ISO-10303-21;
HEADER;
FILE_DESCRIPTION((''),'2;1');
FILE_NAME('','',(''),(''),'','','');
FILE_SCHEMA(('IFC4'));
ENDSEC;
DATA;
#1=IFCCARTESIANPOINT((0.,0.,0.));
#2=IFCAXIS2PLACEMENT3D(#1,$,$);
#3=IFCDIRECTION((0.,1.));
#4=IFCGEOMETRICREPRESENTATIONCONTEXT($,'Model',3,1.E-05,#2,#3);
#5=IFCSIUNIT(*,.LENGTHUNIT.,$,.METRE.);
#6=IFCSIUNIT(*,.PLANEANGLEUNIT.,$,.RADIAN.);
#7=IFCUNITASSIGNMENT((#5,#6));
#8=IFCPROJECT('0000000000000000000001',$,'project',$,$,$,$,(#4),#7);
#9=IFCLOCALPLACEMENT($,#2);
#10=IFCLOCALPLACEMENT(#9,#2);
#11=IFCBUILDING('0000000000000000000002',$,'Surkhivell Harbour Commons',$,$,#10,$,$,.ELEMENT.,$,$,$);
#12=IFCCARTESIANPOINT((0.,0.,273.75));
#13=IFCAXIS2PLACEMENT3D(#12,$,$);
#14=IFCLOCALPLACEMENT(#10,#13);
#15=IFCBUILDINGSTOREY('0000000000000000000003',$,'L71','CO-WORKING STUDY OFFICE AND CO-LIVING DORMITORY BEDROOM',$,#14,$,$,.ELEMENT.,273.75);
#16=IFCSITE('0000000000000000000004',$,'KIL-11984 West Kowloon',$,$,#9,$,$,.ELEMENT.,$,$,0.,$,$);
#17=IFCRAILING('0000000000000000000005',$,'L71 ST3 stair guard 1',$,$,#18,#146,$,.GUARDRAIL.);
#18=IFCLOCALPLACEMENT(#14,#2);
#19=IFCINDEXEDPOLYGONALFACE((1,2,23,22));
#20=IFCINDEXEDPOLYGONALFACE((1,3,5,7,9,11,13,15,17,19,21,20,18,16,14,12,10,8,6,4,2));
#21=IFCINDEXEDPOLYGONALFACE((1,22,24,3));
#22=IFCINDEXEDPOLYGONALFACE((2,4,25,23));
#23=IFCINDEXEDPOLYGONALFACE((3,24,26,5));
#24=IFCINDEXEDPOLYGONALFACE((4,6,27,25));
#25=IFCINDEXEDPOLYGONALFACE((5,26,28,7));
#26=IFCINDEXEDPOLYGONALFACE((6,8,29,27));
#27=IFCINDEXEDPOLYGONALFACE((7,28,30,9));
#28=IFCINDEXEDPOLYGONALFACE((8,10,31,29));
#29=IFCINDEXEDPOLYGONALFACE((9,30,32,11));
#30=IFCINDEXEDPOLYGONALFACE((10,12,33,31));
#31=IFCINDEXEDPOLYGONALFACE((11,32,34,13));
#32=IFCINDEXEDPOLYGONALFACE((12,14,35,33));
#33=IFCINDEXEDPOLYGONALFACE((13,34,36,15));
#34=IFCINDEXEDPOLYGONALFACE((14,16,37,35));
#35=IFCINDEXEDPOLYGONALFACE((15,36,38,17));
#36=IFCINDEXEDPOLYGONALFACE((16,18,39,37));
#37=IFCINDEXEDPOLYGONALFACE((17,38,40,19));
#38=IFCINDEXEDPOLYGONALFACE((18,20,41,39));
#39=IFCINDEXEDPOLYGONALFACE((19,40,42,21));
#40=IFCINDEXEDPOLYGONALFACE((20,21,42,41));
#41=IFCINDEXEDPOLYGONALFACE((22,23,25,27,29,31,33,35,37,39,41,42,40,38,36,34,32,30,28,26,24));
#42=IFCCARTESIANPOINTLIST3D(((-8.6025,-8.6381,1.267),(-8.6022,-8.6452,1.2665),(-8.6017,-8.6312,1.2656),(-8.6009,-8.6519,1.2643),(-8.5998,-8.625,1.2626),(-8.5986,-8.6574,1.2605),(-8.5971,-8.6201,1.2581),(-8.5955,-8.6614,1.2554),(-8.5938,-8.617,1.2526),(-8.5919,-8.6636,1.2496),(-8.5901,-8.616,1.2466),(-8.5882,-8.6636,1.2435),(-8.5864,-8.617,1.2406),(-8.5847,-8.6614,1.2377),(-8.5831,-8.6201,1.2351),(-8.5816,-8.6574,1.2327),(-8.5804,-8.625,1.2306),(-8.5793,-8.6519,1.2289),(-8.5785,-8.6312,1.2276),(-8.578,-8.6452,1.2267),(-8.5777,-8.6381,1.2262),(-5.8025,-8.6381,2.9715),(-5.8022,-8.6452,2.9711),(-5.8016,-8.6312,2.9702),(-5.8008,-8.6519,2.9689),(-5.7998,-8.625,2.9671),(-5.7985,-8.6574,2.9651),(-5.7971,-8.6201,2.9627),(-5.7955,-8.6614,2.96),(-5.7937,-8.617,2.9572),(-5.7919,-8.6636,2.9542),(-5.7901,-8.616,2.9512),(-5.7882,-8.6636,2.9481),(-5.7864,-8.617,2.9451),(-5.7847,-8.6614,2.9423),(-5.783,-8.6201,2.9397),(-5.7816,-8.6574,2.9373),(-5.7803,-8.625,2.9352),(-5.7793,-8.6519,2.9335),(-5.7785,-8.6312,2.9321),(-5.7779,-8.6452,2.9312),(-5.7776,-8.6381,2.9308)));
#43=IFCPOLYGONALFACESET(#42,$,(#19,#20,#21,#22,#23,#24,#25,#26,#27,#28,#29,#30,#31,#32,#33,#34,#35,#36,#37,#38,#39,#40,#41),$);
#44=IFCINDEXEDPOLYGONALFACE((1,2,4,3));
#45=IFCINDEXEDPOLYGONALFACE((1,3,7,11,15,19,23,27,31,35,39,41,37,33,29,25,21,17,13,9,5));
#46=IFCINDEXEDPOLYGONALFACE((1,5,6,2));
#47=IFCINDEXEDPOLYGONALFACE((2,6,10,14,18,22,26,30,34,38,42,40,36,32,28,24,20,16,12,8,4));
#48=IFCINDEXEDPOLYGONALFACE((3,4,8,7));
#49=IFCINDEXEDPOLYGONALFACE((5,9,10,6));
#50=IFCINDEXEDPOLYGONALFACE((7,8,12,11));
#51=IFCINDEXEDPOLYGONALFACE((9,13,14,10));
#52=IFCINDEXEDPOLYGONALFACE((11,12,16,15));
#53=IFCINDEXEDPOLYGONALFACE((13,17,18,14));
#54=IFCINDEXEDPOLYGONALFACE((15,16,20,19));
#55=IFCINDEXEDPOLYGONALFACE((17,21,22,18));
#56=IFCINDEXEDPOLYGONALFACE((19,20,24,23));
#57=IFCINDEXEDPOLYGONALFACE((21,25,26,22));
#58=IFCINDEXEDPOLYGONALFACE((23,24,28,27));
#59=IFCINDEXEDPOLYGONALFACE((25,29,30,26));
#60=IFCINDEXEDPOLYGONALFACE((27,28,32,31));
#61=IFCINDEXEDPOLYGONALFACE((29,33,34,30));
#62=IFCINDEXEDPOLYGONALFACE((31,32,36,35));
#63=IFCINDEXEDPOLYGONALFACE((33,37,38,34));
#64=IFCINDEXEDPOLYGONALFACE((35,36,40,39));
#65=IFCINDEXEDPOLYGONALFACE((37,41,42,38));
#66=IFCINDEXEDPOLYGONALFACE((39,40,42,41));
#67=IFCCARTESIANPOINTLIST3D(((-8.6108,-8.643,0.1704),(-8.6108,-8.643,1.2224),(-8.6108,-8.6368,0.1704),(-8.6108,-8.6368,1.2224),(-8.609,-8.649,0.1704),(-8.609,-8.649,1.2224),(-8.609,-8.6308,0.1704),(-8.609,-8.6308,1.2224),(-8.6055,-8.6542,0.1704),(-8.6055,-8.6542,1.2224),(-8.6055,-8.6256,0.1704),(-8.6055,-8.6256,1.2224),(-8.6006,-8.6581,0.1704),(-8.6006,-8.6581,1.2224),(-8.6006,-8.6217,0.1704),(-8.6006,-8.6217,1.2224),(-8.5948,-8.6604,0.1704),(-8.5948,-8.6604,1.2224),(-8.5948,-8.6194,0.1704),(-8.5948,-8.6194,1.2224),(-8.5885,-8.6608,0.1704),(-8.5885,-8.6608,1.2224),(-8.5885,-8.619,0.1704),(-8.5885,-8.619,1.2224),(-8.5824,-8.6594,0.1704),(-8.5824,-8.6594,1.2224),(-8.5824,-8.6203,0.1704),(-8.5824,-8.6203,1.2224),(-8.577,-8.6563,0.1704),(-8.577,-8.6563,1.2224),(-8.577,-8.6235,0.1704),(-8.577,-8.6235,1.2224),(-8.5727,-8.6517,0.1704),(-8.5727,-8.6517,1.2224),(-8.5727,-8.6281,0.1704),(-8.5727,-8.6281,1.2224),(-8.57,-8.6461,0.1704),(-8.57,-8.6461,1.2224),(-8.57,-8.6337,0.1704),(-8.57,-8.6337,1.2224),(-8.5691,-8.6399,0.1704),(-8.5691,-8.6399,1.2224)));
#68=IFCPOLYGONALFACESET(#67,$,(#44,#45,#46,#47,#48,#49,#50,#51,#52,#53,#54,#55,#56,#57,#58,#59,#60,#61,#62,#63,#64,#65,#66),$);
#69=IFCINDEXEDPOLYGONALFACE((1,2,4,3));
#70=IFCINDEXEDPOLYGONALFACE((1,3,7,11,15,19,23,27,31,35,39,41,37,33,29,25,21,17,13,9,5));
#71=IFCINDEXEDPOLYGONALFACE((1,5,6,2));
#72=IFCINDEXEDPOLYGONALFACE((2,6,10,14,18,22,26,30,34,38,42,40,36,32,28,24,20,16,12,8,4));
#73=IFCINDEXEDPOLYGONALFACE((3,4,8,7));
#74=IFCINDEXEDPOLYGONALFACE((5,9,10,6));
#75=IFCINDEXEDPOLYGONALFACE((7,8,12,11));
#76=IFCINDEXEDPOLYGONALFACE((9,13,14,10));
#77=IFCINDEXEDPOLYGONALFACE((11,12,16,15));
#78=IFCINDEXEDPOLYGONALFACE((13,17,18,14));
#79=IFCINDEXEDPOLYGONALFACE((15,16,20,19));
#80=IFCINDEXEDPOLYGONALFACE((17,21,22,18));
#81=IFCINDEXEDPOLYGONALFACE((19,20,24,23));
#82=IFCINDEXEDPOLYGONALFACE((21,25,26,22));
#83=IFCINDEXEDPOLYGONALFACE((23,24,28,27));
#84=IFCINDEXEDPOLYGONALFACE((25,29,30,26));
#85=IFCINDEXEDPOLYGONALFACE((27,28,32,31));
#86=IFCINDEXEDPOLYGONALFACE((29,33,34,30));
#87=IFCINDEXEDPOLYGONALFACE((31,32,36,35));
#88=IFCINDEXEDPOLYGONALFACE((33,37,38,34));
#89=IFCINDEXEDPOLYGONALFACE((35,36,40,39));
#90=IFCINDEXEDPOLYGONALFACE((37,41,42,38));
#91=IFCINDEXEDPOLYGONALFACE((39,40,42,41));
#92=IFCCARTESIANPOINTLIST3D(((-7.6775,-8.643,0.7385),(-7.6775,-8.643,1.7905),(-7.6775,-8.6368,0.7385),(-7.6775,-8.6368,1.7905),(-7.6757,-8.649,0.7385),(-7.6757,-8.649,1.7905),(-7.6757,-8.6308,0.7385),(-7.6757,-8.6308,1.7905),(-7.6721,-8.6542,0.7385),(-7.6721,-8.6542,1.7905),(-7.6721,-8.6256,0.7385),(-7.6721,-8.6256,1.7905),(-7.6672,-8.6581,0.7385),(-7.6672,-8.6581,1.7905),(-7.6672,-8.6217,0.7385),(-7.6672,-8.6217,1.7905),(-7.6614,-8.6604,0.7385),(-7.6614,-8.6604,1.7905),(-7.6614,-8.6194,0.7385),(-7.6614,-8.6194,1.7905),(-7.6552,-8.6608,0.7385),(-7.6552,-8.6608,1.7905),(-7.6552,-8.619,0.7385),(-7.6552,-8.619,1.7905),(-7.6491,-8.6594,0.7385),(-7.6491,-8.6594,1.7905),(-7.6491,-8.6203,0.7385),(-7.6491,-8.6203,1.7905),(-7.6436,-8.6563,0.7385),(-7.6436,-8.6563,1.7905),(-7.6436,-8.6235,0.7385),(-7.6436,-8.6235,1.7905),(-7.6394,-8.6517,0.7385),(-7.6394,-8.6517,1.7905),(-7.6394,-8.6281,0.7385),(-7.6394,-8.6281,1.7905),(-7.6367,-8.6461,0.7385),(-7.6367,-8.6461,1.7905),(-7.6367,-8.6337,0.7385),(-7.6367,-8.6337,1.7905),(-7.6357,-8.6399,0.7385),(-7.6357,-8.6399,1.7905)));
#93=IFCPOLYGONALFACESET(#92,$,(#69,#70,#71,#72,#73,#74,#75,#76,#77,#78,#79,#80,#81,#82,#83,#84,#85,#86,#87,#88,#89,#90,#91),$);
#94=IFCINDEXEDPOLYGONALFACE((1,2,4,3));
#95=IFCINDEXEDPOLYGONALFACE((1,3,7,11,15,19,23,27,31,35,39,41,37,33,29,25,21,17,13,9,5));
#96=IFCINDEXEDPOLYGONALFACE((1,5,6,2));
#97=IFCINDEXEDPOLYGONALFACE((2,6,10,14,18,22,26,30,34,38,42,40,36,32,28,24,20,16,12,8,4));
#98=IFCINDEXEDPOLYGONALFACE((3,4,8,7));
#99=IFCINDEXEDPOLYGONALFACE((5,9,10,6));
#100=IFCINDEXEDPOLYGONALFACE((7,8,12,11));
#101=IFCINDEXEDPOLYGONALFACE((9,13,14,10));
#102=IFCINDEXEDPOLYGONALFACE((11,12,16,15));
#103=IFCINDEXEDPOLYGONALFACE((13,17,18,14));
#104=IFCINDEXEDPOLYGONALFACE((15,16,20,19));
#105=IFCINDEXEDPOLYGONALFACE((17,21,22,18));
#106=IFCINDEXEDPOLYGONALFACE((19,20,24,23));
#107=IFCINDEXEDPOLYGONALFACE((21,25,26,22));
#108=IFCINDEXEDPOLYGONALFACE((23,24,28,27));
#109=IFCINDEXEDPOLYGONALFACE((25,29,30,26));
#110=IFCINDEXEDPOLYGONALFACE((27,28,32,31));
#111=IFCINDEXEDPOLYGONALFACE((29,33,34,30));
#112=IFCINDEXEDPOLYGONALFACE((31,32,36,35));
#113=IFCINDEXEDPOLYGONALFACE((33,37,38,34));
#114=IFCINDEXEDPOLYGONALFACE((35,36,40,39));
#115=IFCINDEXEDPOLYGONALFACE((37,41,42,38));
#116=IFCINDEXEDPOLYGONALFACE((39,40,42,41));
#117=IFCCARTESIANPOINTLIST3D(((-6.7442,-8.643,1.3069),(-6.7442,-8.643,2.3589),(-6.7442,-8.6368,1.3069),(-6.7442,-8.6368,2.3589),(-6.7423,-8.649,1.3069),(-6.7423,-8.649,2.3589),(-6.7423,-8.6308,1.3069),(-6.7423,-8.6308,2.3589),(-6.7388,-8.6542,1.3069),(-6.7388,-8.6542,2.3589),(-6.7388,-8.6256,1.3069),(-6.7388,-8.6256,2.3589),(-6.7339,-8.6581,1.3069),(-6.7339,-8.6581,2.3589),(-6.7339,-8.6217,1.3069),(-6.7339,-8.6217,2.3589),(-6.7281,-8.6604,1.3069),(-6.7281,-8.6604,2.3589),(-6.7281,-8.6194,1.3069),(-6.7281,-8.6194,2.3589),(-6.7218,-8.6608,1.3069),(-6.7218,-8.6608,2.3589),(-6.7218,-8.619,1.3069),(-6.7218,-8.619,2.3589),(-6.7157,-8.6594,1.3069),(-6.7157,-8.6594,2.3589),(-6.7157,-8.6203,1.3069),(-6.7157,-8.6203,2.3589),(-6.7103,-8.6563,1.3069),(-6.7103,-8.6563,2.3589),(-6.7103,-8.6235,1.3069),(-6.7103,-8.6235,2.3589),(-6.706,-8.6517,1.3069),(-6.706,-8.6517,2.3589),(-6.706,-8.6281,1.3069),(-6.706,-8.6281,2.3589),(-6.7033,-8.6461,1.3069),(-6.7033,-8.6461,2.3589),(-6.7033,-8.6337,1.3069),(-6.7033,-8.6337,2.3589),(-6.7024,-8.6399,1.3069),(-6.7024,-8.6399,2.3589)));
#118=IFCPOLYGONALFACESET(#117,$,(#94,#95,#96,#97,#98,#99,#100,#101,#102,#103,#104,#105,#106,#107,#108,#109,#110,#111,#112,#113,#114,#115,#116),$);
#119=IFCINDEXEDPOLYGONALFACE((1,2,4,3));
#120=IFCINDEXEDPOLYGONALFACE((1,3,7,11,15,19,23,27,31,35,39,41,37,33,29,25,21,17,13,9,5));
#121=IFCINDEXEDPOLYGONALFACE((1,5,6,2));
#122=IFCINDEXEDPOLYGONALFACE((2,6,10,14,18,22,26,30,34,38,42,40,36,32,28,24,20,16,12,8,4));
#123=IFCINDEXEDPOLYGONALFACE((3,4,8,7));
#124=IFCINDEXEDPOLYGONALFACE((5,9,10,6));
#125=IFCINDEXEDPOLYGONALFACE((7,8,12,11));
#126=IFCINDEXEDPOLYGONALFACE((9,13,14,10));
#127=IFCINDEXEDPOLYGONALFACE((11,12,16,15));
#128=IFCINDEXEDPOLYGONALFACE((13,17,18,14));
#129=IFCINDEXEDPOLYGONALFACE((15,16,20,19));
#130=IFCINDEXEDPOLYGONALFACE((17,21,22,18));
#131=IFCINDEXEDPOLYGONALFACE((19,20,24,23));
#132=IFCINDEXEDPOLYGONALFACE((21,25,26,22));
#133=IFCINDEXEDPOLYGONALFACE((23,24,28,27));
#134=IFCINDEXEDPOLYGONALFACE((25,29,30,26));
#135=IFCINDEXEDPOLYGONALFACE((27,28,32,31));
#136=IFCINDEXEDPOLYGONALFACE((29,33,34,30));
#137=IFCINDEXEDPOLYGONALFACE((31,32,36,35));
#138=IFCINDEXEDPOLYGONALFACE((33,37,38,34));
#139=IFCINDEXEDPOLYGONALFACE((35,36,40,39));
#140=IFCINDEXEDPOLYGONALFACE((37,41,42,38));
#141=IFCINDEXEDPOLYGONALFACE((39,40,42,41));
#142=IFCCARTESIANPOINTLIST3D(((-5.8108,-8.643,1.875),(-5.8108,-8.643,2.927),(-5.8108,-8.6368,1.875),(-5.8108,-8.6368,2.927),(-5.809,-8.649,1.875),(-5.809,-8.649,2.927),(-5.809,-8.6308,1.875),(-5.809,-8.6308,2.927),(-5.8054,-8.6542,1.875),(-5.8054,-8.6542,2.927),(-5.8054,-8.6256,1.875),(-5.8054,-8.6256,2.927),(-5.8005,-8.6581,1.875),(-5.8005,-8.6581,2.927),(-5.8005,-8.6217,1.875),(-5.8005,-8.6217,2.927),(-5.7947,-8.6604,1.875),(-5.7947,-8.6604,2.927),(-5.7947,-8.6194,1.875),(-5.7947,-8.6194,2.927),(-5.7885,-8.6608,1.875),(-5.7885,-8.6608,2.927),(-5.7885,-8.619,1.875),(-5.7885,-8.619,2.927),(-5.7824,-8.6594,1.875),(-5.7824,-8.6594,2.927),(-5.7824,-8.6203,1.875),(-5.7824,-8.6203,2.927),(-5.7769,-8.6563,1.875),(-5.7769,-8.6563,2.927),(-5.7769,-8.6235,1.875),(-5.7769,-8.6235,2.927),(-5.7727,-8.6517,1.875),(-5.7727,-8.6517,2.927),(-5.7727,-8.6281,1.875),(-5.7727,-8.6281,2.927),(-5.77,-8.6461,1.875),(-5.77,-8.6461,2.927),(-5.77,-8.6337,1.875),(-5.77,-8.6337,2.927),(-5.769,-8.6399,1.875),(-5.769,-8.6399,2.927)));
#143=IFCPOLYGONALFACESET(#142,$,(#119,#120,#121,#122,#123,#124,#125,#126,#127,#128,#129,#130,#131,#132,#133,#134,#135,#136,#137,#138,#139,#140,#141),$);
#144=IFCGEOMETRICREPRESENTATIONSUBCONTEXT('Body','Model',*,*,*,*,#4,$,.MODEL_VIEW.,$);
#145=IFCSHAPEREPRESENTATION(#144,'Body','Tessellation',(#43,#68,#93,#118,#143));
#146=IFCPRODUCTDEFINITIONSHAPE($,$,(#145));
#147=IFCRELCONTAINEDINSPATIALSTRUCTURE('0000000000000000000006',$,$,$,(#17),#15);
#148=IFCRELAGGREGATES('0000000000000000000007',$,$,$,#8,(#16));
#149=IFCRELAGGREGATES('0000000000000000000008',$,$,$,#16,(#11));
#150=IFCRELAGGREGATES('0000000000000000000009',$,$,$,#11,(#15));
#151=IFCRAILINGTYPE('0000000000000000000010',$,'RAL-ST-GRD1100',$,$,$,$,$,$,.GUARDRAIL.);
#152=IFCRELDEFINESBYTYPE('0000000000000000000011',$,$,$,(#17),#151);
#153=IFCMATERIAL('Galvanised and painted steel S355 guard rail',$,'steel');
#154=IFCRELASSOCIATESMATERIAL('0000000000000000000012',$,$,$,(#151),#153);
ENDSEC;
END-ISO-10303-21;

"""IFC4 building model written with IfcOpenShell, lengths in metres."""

from ifc_helpers import new_model, si_unit, direction, frame, origin, origin_2d, place, context, subcontext, project, spatial, circle, extrude, material, type_object, element, save


model = new_model("IFC4")

# Units and contexts
model_context = context("Model", 3, precision=1e-05, world=origin(), true_north=direction((0.0, 1.0)))
body_context = subcontext(model_context, "Body", "Model", "MODEL_VIEW")
ifc_project = project(units=[si_unit("LENGTHUNIT", "METRE"), si_unit("PLANEANGLEUNIT", "RADIAN")], contexts=[model_context])

# Site, building, storey
site_placement = place(None, origin())
site = spatial("IfcSite", under=ifc_project, at=site_placement, Name="KIL-11984 West Kowloon", CompositionType="ELEMENT", RefElevation=0.0)
building_placement = place(site_placement, origin())
building = spatial("IfcBuilding", under=site, at=building_placement, Name="Surkhivell Harbour Commons", CompositionType="ELEMENT")
storey_placement = place(building_placement, frame((0.0, 0.0, 273.75)))
storey = spatial("IfcBuildingStorey", under=building, at=storey_placement, Name="L71", Description="CO-WORKING STUDY OFFICE AND CO-LIVING DORMITORY BEDROOM", CompositionType="ELEMENT", Elevation=273.75)

# Railing
ifc_material_1 = material(Name="Galvanised and painted steel S355 guard rail", Category="steel")
railing_type_1 = type_object("IfcRailingType", Name="RAL-ST-GRD1100", PredefinedType="GUARDRAIL", material=ifc_material_1)
railing_1_placement = place(storey_placement, frame((-8.5901, -8.6399, 0.1704)))
element("IfcRailing", 1, at=railing_1_placement, inside=storey, type_object=railing_type_1, Name="L71 ST3 stair guard 1", PredefinedType="GUARDRAIL", context=body_context, shape_type="SweptSolid", body=[
    extrude(circle(Radius=0.0239, at=origin_2d()), frame((0.0, 0.0, 1.0762), z_axis=(0.85417, 0.0, 0.519994), x_axis=(0.0, 1.0, 0.0)), (0.0, 0.0, 1.0), 3.2781),
    extrude(circle(Radius=0.021, at=origin_2d()), origin(), (0.0, 0.0, 1.0), 1.052),
    extrude(circle(Radius=0.021, at=origin_2d()), frame((0.9333, 0.0, 0.5681)), (0.0, 0.0, 1.0), 1.052),
    extrude(circle(Radius=0.021, at=origin_2d()), frame((1.8667, 0.0, 1.1365)), (0.0, 0.0, 1.0), 1.052),
    extrude(circle(Radius=0.021, at=origin_2d()), frame((2.8, 0.0, 1.7046)), (0.0, 0.0, 1.0), 1.052),
])

save(model, "model.ifc")
